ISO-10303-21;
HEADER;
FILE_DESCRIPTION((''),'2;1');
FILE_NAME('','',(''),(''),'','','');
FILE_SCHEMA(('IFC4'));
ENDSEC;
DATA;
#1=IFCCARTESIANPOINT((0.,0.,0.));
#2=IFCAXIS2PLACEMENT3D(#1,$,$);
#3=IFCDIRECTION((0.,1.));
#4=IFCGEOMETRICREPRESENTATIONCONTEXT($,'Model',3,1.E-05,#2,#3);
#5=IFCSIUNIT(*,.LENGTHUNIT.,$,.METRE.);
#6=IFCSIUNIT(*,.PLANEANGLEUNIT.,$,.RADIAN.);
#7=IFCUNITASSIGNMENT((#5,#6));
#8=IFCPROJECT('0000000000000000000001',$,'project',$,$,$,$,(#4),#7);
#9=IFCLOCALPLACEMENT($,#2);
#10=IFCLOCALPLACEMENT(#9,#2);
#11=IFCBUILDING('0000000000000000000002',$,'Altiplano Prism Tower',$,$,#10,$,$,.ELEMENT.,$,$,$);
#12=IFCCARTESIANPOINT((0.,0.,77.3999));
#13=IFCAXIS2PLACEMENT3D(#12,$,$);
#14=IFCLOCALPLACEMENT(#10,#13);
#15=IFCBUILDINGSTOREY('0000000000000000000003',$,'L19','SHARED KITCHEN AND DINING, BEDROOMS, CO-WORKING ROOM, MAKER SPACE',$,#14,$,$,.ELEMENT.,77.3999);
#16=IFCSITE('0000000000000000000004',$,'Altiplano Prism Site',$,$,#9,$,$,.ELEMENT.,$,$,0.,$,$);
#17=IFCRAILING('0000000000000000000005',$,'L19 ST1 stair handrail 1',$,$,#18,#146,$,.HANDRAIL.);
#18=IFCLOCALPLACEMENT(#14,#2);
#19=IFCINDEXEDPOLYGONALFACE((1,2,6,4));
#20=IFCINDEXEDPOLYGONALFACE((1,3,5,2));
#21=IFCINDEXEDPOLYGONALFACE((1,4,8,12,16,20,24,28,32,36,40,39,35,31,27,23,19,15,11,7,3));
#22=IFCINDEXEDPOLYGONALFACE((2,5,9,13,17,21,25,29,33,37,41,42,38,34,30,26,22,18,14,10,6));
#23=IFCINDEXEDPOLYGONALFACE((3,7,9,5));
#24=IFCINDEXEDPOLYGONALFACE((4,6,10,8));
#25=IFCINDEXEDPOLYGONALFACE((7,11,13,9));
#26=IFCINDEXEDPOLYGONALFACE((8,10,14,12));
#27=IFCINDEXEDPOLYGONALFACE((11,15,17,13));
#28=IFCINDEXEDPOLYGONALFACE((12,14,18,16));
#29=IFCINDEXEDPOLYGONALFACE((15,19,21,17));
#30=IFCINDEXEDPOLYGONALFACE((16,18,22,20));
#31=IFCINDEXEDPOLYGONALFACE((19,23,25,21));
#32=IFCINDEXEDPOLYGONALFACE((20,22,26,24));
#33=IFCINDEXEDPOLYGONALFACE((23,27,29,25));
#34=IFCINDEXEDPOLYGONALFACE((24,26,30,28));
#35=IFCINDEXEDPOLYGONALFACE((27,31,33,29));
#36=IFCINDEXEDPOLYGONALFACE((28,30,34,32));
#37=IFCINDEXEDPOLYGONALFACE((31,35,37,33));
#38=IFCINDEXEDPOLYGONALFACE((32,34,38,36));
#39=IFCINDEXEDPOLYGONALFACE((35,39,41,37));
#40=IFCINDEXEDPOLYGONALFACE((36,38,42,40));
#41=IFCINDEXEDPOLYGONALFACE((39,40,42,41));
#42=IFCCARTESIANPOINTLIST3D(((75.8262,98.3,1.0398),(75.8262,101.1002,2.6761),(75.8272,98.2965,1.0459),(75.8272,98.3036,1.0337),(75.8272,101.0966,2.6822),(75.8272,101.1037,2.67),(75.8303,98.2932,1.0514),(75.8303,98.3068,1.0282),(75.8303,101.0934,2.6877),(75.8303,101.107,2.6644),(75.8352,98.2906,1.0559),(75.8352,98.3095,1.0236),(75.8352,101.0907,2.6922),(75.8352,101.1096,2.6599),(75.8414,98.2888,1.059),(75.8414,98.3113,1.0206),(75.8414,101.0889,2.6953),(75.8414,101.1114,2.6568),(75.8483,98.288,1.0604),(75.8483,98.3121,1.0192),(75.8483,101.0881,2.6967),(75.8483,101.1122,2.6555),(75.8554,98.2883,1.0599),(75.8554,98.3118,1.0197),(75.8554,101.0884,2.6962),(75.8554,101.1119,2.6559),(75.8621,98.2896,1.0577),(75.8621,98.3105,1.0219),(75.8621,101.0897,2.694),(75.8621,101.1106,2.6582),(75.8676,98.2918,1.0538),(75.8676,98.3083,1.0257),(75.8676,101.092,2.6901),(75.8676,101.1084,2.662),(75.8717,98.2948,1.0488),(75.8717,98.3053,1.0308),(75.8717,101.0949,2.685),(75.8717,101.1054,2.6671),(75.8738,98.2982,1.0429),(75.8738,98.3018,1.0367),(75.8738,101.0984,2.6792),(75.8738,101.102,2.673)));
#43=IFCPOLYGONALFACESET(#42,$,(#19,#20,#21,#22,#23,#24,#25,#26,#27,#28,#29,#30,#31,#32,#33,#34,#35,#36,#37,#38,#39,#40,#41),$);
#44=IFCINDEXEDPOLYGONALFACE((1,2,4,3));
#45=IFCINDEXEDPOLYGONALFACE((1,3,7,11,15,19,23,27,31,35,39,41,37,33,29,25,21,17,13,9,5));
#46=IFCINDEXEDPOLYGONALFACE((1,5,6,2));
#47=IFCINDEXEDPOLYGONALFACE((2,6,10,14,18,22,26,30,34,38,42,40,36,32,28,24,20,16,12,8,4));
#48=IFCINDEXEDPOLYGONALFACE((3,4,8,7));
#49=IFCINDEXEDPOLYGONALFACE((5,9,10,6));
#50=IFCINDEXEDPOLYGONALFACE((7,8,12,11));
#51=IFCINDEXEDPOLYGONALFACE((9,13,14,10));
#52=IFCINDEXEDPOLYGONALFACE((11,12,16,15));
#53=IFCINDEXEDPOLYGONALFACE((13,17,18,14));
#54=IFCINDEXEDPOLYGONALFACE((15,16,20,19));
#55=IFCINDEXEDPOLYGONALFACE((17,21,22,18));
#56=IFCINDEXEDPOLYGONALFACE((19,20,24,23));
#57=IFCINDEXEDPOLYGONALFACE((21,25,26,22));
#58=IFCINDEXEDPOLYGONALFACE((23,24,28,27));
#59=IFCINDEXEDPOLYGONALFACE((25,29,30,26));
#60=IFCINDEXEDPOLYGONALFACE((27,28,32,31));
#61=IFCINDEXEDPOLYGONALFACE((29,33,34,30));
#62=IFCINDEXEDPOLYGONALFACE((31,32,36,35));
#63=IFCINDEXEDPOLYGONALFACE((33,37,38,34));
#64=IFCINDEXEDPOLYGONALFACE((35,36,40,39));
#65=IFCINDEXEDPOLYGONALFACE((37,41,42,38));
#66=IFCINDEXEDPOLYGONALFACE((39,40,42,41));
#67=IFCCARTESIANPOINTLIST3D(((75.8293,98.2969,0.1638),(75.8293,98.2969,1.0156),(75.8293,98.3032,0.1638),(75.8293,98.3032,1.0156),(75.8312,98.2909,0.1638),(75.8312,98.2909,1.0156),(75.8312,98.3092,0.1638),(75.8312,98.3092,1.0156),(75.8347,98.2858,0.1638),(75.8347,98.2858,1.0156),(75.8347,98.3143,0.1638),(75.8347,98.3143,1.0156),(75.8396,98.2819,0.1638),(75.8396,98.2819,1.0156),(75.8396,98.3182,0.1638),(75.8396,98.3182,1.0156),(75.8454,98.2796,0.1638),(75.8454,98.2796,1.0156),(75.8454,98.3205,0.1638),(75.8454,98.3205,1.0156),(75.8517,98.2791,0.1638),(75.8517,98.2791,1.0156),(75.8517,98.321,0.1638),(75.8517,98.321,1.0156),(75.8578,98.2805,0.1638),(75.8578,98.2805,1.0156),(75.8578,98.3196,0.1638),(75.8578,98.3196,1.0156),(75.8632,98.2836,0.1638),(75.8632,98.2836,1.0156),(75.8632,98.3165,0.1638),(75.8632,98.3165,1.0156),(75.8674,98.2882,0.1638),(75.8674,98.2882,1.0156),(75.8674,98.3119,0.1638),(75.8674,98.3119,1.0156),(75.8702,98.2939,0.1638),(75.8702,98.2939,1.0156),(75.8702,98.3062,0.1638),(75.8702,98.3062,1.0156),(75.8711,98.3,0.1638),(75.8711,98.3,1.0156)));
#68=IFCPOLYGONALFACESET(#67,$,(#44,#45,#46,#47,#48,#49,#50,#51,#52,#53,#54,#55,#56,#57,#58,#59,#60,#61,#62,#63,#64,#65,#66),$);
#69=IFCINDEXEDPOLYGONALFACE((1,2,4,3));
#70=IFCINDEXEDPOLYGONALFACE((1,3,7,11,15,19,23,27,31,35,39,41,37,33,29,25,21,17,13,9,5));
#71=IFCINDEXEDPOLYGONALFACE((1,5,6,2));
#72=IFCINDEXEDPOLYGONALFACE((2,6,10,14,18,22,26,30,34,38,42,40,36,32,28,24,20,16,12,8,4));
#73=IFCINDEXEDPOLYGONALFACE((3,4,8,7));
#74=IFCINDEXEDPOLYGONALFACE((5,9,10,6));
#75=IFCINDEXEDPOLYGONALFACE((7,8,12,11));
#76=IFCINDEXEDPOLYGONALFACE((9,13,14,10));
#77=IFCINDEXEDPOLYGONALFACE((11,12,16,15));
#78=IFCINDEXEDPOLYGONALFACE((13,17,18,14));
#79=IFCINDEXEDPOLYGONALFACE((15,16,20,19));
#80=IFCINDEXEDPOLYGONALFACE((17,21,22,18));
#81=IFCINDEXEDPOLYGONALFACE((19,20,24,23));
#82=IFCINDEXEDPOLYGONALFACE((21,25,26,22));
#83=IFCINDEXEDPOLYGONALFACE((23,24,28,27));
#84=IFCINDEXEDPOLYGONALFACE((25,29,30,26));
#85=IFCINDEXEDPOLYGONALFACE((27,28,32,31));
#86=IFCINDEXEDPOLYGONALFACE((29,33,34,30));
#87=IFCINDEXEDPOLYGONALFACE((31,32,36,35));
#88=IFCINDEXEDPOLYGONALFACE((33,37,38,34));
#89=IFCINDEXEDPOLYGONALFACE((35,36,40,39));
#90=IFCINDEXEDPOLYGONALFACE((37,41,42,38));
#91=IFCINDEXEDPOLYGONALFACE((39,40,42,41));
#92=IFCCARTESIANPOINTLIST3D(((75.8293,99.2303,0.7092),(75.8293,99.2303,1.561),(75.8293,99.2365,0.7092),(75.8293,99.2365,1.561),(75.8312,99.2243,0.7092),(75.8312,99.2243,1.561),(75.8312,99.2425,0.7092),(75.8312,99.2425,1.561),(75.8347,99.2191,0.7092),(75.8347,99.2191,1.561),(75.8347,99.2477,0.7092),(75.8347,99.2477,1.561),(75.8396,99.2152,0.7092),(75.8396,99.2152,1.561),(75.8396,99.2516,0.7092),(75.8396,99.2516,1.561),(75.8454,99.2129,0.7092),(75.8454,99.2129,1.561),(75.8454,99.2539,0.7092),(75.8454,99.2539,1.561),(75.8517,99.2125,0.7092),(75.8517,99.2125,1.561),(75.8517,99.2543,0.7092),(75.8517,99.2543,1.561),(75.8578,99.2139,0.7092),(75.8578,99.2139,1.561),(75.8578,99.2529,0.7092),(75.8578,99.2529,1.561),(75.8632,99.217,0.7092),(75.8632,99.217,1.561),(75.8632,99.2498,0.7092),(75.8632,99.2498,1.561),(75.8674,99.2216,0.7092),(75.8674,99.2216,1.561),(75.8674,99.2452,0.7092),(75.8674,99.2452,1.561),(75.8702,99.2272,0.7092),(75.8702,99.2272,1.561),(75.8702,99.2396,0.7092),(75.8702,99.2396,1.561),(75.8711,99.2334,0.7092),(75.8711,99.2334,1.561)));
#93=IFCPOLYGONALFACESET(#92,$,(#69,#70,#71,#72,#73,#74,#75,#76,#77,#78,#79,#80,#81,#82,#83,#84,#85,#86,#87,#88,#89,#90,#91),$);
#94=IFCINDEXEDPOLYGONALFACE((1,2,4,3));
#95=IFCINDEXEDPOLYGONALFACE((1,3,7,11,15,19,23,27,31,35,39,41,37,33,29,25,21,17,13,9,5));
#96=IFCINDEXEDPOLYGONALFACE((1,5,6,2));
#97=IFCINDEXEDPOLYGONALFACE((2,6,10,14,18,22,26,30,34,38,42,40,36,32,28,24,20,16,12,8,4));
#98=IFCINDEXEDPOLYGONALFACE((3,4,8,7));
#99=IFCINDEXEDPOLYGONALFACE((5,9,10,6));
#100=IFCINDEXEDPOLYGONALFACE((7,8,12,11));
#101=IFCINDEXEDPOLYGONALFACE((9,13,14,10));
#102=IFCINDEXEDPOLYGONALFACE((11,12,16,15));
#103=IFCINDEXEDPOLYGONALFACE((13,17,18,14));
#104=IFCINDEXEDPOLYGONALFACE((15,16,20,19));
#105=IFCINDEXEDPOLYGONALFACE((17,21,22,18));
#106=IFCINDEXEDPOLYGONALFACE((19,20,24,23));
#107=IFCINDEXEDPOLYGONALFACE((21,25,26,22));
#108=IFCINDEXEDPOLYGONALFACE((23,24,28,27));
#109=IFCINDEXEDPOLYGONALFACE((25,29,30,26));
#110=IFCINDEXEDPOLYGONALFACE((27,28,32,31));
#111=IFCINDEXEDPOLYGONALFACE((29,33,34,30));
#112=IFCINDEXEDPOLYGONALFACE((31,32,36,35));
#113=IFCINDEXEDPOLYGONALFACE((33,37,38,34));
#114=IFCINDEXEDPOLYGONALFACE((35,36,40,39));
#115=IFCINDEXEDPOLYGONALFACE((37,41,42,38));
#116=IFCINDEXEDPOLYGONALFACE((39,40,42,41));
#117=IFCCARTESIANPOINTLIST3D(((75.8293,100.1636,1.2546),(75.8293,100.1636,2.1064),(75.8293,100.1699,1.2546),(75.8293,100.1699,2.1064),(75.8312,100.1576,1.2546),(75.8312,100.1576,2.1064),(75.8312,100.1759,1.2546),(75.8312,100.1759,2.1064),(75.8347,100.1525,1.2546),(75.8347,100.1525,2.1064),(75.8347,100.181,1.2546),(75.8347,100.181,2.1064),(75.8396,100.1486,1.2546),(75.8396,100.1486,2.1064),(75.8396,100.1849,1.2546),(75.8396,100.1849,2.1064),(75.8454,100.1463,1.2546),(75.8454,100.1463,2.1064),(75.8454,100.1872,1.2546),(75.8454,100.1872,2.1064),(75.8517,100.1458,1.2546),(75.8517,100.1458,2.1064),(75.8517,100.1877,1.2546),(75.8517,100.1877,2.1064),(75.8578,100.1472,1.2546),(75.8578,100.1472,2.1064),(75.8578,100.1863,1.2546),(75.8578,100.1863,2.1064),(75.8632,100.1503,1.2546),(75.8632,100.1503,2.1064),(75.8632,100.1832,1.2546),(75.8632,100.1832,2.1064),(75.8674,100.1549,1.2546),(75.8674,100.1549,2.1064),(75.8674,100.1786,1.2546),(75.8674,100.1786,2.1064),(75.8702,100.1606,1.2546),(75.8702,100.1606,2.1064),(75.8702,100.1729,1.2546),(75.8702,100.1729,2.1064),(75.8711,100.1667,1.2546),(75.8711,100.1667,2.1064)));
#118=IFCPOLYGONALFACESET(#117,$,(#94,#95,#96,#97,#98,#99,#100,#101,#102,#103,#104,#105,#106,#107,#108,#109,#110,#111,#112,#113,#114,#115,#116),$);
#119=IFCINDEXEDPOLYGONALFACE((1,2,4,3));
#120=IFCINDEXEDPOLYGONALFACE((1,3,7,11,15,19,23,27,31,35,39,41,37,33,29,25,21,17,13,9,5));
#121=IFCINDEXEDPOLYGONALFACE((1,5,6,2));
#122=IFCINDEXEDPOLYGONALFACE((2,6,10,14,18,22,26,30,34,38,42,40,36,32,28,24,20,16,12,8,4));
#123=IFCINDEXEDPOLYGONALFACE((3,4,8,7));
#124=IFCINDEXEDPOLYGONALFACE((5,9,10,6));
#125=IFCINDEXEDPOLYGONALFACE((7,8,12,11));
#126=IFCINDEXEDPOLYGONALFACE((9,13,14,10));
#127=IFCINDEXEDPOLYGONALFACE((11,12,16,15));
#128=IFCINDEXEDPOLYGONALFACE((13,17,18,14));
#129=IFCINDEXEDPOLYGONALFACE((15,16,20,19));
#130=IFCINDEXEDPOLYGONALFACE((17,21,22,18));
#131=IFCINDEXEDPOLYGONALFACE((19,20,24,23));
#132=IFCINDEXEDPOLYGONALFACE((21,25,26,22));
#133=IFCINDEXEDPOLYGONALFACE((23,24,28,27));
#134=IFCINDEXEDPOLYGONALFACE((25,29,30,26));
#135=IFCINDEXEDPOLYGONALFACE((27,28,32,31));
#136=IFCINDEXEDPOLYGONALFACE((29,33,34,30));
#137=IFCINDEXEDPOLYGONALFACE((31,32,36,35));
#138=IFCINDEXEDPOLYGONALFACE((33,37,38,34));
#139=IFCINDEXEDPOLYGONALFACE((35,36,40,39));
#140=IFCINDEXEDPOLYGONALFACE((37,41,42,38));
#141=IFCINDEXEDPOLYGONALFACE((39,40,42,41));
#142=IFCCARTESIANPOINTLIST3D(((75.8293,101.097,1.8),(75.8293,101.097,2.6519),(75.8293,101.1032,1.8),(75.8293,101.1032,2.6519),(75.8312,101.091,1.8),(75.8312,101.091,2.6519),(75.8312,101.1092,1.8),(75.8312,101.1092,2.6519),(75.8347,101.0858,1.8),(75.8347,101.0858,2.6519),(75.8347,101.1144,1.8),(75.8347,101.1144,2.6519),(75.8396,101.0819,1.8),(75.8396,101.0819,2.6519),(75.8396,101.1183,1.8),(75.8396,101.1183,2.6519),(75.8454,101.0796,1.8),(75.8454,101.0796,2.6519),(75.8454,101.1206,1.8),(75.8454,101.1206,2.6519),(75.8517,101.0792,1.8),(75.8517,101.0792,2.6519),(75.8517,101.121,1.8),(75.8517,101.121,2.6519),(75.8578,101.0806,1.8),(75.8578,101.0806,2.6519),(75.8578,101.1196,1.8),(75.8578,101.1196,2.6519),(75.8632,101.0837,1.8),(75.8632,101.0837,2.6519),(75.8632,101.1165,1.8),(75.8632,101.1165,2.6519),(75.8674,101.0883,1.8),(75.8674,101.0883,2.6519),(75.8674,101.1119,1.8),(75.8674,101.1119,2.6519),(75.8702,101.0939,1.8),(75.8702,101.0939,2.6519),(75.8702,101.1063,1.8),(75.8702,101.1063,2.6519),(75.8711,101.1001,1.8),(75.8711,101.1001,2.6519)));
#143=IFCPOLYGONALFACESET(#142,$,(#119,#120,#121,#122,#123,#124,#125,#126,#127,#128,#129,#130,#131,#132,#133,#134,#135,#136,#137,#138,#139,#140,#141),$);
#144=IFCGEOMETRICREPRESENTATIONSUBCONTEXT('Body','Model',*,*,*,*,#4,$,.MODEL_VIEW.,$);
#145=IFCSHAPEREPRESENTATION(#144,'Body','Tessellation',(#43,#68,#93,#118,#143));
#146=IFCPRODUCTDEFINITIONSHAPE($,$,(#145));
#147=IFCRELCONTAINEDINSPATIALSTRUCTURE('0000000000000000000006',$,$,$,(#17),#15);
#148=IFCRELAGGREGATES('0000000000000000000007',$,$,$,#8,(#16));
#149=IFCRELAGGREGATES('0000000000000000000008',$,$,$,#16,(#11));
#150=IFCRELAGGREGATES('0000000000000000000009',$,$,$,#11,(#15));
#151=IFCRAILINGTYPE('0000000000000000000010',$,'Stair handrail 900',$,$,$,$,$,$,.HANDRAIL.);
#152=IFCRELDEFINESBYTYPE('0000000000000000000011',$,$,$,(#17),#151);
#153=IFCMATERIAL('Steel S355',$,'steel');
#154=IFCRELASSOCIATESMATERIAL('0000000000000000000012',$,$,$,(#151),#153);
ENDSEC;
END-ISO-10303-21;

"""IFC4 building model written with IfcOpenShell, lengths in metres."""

from ifc_helpers import new_model, si_unit, direction, frame, origin, origin_2d, place, context, subcontext, project, spatial, circle, extrude, material, type_object, element, save


model = new_model("IFC4")

# Units and contexts
model_context = context("Model", 3, precision=1e-05, world=origin(), true_north=direction((0.0, 1.0)))
body_context = subcontext(model_context, "Body", "Model", "MODEL_VIEW")
ifc_project = project(units=[si_unit("LENGTHUNIT", "METRE"), si_unit("PLANEANGLEUNIT", "RADIAN")], contexts=[model_context])

# Site, building, storey
site_placement = place(None, origin())
site = spatial("IfcSite", under=ifc_project, at=site_placement, Name="Altiplano Prism Site", CompositionType="ELEMENT", RefElevation=0.0)
building_placement = place(site_placement, origin())
building = spatial("IfcBuilding", under=site, at=building_placement, Name="Altiplano Prism Tower", CompositionType="ELEMENT")
storey_placement = place(building_placement, frame((0.0, 0.0, 77.3999)))
storey = spatial("IfcBuildingStorey", under=building, at=storey_placement, Name="L19", Description="SHARED KITCHEN AND DINING, BEDROOMS, CO-WORKING ROOM, MAKER SPACE", CompositionType="ELEMENT", Elevation=77.3999)

# Railing
ifc_material_1 = material(Name="Steel S355", Category="steel")
railing_type_1 = type_object("IfcRailingType", Name="Stair handrail 900", PredefinedType="HANDRAIL", material=ifc_material_1)
railing_1_placement = place(storey_placement, frame((75.8501, 98.3, 0.1638)))
element("IfcRailing", 1, at=railing_1_placement, inside=storey, type_object=railing_type_1, Name="L19 ST1 stair handrail 1", PredefinedType="HANDRAIL", context=body_context, shape_type="SweptSolid", body=[
    extrude(circle(Radius=0.0239, at=origin_2d()), frame((0.0, 0.0, 0.876), z_axis=(0.0, 0.863394, 0.504531), x_axis=(-1.0, 0.0, 0.0)), (0.0, 0.0, 1.0), 3.2432),
    extrude(circle(Radius=0.021, at=origin_2d()), origin(), (0.0, 0.0, 1.0), 0.8518),
    extrude(circle(Radius=0.021, at=origin_2d()), frame((0.0, 0.9333, 0.5454)), (0.0, 0.0, 1.0), 0.8518),
    extrude(circle(Radius=0.021, at=origin_2d()), frame((0.0, 1.8667, 1.0908)), (0.0, 0.0, 1.0), 0.8518),
    extrude(circle(Radius=0.021, at=origin_2d()), frame((0.0, 2.8, 1.6362)), (0.0, 0.0, 1.0), 0.8518),
])

save(model, "model.ifc")
